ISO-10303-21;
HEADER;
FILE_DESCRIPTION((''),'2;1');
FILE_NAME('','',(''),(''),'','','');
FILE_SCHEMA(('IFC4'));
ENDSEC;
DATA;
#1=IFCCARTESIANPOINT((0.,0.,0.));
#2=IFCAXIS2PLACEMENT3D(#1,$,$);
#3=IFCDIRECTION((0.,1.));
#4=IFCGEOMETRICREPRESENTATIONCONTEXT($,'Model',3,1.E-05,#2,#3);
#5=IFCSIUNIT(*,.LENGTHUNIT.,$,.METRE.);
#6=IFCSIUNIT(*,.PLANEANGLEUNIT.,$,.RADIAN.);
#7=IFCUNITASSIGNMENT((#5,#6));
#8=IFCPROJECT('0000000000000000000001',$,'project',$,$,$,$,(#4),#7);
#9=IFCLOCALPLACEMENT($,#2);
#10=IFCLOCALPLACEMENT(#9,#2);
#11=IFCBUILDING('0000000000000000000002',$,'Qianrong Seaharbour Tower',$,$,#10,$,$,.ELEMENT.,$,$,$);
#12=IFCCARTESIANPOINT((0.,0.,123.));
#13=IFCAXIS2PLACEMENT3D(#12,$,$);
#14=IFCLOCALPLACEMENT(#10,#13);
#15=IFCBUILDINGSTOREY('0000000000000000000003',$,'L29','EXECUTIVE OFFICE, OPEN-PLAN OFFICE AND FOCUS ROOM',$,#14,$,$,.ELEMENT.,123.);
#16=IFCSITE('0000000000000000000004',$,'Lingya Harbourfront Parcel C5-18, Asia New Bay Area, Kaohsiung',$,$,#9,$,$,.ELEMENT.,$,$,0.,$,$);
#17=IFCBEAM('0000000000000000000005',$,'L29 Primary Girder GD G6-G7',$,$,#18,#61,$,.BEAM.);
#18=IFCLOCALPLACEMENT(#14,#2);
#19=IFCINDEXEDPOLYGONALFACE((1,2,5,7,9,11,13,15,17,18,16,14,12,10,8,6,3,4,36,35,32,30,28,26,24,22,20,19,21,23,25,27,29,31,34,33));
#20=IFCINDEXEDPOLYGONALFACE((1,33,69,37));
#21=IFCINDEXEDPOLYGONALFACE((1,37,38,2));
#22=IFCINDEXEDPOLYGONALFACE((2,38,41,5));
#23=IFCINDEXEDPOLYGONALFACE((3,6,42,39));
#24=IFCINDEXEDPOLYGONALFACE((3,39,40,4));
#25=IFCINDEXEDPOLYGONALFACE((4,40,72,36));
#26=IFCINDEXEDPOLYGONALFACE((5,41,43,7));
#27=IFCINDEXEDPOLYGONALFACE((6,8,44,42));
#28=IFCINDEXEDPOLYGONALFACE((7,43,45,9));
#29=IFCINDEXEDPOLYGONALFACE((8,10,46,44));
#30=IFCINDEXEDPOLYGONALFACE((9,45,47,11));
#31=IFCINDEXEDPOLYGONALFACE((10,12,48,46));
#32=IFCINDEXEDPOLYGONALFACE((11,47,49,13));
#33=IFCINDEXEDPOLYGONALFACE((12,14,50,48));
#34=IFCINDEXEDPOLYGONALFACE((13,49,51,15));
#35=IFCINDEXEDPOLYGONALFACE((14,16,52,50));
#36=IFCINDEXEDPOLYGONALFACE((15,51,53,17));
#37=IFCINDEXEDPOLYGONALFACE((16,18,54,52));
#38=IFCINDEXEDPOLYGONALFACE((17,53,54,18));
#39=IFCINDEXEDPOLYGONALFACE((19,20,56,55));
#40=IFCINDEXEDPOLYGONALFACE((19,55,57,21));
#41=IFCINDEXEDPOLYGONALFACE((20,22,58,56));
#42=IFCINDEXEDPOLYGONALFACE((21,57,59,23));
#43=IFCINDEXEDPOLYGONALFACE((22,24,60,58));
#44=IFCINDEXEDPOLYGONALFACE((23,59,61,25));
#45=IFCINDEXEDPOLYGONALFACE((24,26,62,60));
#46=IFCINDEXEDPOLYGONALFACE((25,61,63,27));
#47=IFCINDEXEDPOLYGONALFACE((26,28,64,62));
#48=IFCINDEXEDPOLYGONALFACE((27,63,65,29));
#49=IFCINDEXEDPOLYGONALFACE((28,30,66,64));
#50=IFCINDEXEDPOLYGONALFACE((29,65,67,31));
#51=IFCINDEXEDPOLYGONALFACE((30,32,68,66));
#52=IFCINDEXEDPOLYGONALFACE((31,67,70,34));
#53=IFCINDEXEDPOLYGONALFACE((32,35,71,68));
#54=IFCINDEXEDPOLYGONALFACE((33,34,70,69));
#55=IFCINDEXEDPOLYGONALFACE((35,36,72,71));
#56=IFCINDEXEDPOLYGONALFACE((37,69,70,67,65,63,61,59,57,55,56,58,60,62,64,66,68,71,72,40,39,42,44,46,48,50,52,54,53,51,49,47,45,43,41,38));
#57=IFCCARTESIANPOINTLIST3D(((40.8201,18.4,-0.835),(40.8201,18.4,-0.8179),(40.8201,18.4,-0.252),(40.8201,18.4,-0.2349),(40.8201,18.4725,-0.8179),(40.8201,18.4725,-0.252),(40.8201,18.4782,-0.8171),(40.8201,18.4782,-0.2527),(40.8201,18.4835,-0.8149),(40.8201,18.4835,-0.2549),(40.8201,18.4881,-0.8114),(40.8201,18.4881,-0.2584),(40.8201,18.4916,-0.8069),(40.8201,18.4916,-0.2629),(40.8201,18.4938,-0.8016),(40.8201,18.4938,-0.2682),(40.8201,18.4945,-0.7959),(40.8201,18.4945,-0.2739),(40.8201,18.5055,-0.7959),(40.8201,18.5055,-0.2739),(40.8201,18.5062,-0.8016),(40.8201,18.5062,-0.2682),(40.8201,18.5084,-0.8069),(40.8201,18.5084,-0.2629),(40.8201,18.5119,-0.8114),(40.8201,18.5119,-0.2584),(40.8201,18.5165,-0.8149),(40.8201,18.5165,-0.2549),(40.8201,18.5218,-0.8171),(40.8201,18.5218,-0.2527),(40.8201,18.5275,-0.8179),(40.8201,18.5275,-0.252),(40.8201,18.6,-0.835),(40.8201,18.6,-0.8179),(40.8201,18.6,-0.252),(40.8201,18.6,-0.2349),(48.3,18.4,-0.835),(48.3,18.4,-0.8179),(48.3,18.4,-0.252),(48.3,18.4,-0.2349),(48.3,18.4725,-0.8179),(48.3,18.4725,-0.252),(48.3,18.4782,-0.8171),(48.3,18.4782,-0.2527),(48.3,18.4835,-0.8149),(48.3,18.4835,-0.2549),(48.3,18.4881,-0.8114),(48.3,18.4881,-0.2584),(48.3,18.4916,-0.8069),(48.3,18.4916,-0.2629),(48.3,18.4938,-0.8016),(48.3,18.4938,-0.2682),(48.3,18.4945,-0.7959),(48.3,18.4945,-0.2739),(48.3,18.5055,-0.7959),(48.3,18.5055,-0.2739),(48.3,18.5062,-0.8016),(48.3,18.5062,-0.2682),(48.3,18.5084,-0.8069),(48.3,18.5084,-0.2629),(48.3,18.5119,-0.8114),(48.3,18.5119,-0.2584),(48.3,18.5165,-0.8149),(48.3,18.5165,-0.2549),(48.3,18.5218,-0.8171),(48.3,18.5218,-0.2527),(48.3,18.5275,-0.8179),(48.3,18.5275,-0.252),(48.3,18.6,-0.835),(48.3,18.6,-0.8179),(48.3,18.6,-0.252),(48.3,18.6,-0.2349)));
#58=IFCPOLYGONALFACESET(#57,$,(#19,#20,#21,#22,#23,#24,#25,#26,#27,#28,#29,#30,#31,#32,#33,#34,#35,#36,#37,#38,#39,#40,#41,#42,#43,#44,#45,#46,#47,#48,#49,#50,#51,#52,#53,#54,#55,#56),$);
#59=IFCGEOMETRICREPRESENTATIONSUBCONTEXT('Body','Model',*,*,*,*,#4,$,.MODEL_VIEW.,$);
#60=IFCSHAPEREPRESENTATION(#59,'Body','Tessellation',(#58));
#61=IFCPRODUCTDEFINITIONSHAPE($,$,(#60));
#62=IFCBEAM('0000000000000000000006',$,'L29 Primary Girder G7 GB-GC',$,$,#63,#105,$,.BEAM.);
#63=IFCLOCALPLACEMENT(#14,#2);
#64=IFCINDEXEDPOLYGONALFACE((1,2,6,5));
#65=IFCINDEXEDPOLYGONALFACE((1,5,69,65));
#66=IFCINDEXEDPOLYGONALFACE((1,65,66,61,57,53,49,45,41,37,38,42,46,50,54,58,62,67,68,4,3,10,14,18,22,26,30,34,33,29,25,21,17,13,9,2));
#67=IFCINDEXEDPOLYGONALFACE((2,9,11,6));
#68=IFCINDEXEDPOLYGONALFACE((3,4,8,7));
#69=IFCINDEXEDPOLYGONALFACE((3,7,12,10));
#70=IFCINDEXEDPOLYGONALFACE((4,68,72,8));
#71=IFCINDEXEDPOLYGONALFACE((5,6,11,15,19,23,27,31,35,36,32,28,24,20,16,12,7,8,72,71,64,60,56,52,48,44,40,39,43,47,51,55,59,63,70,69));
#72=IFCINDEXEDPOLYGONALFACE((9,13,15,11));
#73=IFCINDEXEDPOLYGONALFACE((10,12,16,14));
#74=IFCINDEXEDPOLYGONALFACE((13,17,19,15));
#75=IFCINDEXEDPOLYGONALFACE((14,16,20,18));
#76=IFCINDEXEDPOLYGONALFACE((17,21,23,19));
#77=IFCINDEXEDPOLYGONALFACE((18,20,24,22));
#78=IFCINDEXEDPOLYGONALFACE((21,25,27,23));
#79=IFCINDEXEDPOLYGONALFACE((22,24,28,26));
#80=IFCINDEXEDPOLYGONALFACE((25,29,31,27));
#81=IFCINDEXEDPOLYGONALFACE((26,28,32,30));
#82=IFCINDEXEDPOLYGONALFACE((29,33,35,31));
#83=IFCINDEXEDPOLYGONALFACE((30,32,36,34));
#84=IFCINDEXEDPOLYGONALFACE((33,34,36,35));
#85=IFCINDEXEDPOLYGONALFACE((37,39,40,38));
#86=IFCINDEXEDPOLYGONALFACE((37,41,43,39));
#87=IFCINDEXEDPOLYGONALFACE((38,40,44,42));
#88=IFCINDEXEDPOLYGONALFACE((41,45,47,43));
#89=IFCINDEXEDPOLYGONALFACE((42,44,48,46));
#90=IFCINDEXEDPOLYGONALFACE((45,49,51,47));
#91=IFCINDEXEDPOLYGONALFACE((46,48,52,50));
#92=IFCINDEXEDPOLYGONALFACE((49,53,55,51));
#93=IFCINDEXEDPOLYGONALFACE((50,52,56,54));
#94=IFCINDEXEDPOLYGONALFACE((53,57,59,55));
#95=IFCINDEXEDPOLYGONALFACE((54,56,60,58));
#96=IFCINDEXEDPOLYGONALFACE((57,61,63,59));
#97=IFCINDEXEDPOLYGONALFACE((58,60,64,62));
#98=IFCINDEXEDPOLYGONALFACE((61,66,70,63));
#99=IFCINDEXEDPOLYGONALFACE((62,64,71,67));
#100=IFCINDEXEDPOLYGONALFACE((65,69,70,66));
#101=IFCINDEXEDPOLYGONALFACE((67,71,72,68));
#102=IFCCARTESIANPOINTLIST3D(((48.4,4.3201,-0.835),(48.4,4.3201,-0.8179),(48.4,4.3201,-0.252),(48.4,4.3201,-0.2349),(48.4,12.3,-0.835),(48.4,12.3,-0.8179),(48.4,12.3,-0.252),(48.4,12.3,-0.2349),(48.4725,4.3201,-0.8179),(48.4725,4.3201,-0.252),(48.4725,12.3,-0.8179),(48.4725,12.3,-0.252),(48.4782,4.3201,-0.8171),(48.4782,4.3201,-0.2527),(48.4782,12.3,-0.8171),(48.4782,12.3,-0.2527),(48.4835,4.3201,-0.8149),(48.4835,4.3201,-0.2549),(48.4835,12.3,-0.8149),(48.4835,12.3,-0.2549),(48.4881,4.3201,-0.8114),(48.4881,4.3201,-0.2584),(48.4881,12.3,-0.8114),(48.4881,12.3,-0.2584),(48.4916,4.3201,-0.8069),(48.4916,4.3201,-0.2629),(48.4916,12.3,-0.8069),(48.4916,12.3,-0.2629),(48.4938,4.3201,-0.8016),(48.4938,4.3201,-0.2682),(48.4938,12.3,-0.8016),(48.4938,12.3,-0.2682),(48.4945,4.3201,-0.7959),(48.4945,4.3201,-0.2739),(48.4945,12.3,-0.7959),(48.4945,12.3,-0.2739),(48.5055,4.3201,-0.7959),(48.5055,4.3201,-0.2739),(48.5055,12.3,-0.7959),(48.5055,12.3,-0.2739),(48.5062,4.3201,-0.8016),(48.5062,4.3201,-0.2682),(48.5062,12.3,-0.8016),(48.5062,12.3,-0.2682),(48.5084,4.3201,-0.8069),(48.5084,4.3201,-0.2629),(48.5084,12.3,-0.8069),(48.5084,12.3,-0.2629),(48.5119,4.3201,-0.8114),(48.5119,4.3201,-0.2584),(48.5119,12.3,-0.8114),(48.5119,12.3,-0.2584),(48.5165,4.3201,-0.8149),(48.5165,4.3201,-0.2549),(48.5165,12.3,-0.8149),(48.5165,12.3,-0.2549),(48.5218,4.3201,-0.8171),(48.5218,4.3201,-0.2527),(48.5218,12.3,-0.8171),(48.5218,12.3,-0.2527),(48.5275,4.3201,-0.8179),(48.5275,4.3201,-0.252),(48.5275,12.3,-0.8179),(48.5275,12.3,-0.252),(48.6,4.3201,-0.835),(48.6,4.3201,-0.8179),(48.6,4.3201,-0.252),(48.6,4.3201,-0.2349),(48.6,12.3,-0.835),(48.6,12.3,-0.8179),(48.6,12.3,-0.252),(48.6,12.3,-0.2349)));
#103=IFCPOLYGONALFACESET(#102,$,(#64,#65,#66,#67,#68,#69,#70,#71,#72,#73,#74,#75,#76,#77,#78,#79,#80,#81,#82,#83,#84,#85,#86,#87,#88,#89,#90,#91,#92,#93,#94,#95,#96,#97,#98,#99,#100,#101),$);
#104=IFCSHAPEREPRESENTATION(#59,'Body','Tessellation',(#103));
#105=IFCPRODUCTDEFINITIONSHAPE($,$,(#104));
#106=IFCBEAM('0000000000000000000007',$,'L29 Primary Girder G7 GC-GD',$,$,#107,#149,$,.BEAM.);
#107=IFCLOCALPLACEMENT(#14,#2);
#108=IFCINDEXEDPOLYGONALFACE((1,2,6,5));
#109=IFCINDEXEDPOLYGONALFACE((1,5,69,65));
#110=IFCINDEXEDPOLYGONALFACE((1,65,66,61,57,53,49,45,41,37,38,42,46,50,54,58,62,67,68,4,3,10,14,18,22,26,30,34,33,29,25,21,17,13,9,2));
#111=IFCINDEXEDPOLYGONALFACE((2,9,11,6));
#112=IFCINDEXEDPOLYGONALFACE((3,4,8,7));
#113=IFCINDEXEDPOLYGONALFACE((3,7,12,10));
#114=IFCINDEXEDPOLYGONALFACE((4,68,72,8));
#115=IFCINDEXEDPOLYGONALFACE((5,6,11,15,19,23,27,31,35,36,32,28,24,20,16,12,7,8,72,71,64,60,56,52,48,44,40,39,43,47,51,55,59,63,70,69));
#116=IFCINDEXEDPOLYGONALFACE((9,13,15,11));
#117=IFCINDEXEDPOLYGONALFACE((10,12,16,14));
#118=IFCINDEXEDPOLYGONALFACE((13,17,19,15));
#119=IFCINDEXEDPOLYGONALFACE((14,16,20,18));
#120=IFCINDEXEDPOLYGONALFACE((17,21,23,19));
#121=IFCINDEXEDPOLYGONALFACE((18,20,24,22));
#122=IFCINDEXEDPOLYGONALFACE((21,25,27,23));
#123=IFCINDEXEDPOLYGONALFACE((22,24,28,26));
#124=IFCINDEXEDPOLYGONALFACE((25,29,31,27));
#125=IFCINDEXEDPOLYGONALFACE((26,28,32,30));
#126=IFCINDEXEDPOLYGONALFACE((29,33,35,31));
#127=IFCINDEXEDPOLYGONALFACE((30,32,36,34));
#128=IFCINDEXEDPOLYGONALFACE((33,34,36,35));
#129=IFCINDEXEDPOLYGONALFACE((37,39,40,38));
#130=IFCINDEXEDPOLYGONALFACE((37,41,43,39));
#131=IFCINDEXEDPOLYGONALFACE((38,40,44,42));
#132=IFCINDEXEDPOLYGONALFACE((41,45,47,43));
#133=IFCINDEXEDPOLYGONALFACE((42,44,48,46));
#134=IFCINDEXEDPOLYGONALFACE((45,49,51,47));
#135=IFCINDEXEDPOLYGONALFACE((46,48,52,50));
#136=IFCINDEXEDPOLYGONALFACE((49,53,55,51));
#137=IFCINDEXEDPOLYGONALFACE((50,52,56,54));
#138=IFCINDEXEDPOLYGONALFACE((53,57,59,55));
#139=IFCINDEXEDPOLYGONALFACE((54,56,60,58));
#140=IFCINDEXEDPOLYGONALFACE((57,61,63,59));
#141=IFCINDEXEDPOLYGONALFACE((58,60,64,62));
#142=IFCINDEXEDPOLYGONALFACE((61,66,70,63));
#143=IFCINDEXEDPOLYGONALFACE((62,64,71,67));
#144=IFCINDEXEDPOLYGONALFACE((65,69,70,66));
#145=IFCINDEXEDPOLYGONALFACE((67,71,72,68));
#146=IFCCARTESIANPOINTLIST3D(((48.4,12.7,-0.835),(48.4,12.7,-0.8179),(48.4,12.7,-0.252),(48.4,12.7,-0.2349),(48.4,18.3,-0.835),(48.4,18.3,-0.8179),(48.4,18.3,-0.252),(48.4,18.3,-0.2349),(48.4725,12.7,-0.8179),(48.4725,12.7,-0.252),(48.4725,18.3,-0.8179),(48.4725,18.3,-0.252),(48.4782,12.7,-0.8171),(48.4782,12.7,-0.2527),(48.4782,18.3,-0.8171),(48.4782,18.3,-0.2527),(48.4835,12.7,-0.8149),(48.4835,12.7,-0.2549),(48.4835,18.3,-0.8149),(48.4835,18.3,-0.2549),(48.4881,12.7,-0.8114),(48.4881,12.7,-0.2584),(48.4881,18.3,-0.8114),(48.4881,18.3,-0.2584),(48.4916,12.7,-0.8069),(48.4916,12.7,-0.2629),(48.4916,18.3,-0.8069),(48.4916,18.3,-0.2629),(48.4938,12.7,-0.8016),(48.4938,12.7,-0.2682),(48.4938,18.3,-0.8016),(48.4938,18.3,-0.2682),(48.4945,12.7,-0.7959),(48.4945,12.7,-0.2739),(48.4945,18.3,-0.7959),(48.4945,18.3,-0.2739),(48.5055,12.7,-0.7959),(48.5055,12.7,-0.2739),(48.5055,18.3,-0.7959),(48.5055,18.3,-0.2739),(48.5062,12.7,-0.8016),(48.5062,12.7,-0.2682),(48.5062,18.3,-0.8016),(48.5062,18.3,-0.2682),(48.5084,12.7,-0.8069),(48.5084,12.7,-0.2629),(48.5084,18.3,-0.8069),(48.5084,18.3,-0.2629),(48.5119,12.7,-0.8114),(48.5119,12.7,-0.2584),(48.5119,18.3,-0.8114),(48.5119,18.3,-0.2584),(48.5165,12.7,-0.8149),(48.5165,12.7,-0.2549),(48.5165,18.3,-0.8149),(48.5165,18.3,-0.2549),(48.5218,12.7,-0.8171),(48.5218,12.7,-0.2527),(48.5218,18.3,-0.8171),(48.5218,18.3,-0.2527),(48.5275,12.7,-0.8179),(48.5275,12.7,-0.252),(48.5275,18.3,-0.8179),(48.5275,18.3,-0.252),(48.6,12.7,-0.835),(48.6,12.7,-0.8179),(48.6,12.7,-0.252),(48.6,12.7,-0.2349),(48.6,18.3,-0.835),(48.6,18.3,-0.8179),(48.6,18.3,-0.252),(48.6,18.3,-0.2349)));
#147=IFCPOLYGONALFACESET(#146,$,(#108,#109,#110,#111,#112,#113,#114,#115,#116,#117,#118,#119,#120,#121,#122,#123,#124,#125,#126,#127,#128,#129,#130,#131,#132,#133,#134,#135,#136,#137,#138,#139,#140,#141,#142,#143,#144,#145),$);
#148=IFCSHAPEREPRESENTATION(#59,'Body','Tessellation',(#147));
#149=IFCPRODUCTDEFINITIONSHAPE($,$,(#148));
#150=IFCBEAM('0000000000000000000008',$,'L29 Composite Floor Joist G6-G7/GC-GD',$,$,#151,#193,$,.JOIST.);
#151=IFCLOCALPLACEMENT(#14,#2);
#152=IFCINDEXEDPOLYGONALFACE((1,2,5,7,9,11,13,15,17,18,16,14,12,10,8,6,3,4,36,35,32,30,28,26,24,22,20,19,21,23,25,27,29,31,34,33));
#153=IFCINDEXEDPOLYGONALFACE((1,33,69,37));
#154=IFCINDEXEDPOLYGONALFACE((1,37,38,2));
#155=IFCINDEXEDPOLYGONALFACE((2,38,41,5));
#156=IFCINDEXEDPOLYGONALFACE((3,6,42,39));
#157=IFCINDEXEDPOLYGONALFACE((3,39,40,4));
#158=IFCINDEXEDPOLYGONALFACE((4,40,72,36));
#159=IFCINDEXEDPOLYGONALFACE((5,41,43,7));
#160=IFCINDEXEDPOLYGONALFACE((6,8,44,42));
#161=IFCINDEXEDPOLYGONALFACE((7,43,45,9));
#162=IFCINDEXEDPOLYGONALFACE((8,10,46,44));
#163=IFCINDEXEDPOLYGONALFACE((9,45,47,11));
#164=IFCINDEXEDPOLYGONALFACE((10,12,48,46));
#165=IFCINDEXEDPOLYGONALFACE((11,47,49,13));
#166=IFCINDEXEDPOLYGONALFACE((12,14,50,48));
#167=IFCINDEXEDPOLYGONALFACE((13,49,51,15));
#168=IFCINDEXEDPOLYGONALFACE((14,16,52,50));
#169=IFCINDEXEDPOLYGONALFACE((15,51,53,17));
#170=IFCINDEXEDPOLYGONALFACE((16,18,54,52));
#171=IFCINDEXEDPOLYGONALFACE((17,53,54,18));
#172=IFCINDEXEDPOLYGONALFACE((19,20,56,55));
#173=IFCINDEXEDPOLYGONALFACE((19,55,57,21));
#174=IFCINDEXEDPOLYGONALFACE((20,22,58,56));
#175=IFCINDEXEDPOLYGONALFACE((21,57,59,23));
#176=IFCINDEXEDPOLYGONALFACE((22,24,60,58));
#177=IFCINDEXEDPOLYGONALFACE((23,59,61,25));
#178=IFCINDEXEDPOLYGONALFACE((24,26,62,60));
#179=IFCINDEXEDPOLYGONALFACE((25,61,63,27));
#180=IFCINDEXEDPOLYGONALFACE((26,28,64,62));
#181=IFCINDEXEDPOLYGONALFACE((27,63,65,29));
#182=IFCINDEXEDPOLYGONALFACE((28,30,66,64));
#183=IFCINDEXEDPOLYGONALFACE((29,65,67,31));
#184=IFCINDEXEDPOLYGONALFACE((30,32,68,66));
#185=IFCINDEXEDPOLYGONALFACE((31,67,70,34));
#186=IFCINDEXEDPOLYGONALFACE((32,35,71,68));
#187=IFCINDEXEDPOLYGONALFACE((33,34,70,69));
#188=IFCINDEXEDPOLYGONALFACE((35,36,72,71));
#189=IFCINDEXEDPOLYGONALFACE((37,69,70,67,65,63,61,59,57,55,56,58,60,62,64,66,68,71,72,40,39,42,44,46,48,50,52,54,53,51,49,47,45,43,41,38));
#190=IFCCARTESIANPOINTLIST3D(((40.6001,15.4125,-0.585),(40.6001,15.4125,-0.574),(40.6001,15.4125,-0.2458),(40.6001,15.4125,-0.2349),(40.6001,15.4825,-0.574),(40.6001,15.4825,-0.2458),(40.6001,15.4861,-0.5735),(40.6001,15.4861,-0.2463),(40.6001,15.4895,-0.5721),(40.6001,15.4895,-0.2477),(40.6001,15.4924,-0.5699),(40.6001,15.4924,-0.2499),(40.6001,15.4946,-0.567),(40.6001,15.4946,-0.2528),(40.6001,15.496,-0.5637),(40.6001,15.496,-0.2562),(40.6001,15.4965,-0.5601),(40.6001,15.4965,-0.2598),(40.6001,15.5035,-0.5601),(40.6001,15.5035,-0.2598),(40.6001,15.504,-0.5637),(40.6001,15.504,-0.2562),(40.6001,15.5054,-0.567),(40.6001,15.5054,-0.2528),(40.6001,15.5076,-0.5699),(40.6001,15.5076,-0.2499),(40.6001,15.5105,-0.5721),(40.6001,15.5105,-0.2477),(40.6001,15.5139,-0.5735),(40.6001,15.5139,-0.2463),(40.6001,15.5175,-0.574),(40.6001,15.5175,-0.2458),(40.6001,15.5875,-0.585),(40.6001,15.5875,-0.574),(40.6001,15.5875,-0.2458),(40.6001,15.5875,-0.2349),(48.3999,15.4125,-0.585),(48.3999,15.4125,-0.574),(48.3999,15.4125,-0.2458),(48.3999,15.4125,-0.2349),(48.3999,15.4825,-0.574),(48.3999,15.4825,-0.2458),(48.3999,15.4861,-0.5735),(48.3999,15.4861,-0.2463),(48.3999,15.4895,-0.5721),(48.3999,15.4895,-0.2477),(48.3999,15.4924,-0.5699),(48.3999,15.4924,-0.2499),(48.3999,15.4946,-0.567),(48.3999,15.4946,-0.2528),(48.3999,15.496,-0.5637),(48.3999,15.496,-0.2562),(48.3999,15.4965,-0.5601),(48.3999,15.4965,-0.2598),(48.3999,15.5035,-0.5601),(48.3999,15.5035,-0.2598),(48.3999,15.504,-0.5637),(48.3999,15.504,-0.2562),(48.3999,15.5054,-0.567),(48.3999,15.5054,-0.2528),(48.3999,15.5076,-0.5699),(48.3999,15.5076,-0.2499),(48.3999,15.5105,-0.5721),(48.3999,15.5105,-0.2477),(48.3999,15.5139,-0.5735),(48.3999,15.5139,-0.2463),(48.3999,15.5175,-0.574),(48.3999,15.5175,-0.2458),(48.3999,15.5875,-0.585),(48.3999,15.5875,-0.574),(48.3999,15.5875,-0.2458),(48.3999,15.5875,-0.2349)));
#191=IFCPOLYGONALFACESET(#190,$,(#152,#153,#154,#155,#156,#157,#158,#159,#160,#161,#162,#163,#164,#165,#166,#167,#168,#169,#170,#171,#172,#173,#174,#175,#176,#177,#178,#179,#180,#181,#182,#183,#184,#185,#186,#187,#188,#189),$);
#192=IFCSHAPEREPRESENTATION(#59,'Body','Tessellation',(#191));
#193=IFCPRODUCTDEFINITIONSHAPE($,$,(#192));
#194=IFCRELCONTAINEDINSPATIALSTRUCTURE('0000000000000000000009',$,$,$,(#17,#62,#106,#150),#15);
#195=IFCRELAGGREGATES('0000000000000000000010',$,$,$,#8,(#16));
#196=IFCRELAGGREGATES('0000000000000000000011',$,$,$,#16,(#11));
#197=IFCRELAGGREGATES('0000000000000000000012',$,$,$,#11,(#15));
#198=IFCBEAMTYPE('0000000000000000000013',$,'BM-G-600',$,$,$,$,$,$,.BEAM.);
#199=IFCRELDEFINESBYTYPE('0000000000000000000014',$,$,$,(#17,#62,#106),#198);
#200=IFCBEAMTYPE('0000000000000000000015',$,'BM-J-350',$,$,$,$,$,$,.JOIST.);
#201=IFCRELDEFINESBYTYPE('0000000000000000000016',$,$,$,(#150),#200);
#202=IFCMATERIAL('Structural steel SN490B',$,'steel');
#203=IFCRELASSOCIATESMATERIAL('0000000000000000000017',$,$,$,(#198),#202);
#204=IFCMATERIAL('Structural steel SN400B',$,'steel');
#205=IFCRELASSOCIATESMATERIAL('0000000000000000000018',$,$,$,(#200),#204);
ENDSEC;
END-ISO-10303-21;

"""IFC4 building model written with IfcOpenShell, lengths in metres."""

from ifc_helpers import new_model, si_unit, direction, frame, origin, origin_2d, place, context, subcontext, project, spatial, i_section, extrude, material, material_profile, profile_set, type_object, element, save


model = new_model("IFC4")

# Units and contexts
model_context = context("Model", 3, precision=1e-05, world=origin(), true_north=direction((0.0, 1.0)))
body_context = subcontext(model_context, "Body", "Model", "MODEL_VIEW")
ifc_project = project(units=[si_unit("LENGTHUNIT", "METRE"), si_unit("PLANEANGLEUNIT", "RADIAN")], contexts=[model_context])

# Site, building, storey
site_placement = place(None, origin())
site = spatial("IfcSite", under=ifc_project, at=site_placement, Name="Lingya Harbourfront Parcel C5-18, Asia New Bay Area, Kaohsiung", CompositionType="ELEMENT", RefElevation=0.0)
building_placement = place(site_placement, origin())
building = spatial("IfcBuilding", under=site, at=building_placement, Name="Qianrong Seaharbour Tower", CompositionType="ELEMENT")
storey_placement = place(building_placement, frame((0.0, 0.0, 123.0)))
storey = spatial("IfcBuildingStorey", under=building, at=storey_placement, Name="L29", Description="EXECUTIVE OFFICE, OPEN-PLAN OFFICE AND FOCUS ROOM", CompositionType="ELEMENT", Elevation=123.0)

# Shared definitions
ifc_material_1 = material(Name="Structural steel SN490B", Category="steel")

# Beams
ifc_material_profile_1 = material_profile(ifc_material_1, i_section(OverallWidth=0.2, OverallDepth=0.6001, WebThickness=0.011, FlangeThickness=0.0171, FilletRadius=0.022, at=origin_2d()), Name="H600x200x11x17")
ifc_profile_set_1 = profile_set([ifc_material_profile_1], Name="Structural steel SN490B")
beam_type_1 = type_object("IfcBeamType", Name="BM-G-600", PredefinedType="BEAM", material=ifc_profile_set_1)
for number, where, z_axis, x_axis, name in (
    (1, (40.8201, 18.5, -0.5349), (1.0, 0.0, 0.0), (0.0, 1.0, 0.0), "L29 Primary Girder GD G6-G7"),
):
    element("IfcBeam", number, at=place(storey_placement, frame(where, z_axis=z_axis, x_axis=x_axis)), inside=storey, type_object=beam_type_1, Name=name, PredefinedType="BEAM", context=body_context, shape_type="SweptSolid", body=[
        extrude(i_section(OverallWidth=0.2, OverallDepth=0.6001, WebThickness=0.011, FlangeThickness=0.0171, FilletRadius=0.022, at=origin_2d()), origin(), (0.0, 0.0, 1.0), 7.48),
    ])
beam_1_placement = place(storey_placement, frame((48.5, 4.3201, -0.5349), z_axis=(0.0, 1.0, 0.0), x_axis=(-1.0, 0.0, 0.0)))
element("IfcBeam", 2, at=beam_1_placement, inside=storey, type_object=beam_type_1, Name="L29 Primary Girder G7 GB-GC", PredefinedType="BEAM", context=body_context, shape_type="SweptSolid", body=[
    extrude(i_section(OverallWidth=0.2, OverallDepth=0.6001, WebThickness=0.011, FlangeThickness=0.0171, FilletRadius=0.022, at=origin_2d()), origin(), (0.0, 0.0, 1.0), 7.98),
])
beam_2_placement = place(storey_placement, frame((48.5, 12.7, -0.5349), z_axis=(0.0, 1.0, 0.0), x_axis=(-1.0, 0.0, 0.0)))
element("IfcBeam", 3, at=beam_2_placement, inside=storey, type_object=beam_type_1, Name="L29 Primary Girder G7 GC-GD", PredefinedType="BEAM", context=body_context, shape_type="SweptSolid", body=[
    extrude(i_section(OverallWidth=0.2, OverallDepth=0.6001, WebThickness=0.011, FlangeThickness=0.0171, FilletRadius=0.022, at=origin_2d()), origin(), (0.0, 0.0, 1.0), 5.6001),
])
ifc_material_2 = material(Name="Structural steel SN400B", Category="steel")
ifc_material_profile_2 = material_profile(ifc_material_2, i_section(OverallWidth=0.175, OverallDepth=0.3501, WebThickness=0.0071, FlangeThickness=0.011, FilletRadius=0.0139, at=origin_2d()), Name="H350x175x7x11")
ifc_profile_set_2 = profile_set([ifc_material_profile_2], Name="Structural steel SN400B")
beam_type_2 = type_object("IfcBeamType", Name="BM-J-350", PredefinedType="JOIST", material=ifc_profile_set_2)
beam_3_placement = place(storey_placement, frame((40.6001, 15.5, -0.4099), z_axis=(1.0, 0.0, 0.0), x_axis=(0.0, 1.0, 0.0)))
element("IfcBeam", 4, at=beam_3_placement, inside=storey, type_object=beam_type_2, Name="L29 Composite Floor Joist G6-G7/GC-GD", PredefinedType="JOIST", context=body_context, shape_type="SweptSolid", body=[
    extrude(i_section(OverallWidth=0.175, OverallDepth=0.3501, WebThickness=0.0071, FlangeThickness=0.011, FilletRadius=0.0139, at=origin_2d()), origin(), (0.0, 0.0, 1.0), 7.7998),
])

save(model, "model.ifc")
